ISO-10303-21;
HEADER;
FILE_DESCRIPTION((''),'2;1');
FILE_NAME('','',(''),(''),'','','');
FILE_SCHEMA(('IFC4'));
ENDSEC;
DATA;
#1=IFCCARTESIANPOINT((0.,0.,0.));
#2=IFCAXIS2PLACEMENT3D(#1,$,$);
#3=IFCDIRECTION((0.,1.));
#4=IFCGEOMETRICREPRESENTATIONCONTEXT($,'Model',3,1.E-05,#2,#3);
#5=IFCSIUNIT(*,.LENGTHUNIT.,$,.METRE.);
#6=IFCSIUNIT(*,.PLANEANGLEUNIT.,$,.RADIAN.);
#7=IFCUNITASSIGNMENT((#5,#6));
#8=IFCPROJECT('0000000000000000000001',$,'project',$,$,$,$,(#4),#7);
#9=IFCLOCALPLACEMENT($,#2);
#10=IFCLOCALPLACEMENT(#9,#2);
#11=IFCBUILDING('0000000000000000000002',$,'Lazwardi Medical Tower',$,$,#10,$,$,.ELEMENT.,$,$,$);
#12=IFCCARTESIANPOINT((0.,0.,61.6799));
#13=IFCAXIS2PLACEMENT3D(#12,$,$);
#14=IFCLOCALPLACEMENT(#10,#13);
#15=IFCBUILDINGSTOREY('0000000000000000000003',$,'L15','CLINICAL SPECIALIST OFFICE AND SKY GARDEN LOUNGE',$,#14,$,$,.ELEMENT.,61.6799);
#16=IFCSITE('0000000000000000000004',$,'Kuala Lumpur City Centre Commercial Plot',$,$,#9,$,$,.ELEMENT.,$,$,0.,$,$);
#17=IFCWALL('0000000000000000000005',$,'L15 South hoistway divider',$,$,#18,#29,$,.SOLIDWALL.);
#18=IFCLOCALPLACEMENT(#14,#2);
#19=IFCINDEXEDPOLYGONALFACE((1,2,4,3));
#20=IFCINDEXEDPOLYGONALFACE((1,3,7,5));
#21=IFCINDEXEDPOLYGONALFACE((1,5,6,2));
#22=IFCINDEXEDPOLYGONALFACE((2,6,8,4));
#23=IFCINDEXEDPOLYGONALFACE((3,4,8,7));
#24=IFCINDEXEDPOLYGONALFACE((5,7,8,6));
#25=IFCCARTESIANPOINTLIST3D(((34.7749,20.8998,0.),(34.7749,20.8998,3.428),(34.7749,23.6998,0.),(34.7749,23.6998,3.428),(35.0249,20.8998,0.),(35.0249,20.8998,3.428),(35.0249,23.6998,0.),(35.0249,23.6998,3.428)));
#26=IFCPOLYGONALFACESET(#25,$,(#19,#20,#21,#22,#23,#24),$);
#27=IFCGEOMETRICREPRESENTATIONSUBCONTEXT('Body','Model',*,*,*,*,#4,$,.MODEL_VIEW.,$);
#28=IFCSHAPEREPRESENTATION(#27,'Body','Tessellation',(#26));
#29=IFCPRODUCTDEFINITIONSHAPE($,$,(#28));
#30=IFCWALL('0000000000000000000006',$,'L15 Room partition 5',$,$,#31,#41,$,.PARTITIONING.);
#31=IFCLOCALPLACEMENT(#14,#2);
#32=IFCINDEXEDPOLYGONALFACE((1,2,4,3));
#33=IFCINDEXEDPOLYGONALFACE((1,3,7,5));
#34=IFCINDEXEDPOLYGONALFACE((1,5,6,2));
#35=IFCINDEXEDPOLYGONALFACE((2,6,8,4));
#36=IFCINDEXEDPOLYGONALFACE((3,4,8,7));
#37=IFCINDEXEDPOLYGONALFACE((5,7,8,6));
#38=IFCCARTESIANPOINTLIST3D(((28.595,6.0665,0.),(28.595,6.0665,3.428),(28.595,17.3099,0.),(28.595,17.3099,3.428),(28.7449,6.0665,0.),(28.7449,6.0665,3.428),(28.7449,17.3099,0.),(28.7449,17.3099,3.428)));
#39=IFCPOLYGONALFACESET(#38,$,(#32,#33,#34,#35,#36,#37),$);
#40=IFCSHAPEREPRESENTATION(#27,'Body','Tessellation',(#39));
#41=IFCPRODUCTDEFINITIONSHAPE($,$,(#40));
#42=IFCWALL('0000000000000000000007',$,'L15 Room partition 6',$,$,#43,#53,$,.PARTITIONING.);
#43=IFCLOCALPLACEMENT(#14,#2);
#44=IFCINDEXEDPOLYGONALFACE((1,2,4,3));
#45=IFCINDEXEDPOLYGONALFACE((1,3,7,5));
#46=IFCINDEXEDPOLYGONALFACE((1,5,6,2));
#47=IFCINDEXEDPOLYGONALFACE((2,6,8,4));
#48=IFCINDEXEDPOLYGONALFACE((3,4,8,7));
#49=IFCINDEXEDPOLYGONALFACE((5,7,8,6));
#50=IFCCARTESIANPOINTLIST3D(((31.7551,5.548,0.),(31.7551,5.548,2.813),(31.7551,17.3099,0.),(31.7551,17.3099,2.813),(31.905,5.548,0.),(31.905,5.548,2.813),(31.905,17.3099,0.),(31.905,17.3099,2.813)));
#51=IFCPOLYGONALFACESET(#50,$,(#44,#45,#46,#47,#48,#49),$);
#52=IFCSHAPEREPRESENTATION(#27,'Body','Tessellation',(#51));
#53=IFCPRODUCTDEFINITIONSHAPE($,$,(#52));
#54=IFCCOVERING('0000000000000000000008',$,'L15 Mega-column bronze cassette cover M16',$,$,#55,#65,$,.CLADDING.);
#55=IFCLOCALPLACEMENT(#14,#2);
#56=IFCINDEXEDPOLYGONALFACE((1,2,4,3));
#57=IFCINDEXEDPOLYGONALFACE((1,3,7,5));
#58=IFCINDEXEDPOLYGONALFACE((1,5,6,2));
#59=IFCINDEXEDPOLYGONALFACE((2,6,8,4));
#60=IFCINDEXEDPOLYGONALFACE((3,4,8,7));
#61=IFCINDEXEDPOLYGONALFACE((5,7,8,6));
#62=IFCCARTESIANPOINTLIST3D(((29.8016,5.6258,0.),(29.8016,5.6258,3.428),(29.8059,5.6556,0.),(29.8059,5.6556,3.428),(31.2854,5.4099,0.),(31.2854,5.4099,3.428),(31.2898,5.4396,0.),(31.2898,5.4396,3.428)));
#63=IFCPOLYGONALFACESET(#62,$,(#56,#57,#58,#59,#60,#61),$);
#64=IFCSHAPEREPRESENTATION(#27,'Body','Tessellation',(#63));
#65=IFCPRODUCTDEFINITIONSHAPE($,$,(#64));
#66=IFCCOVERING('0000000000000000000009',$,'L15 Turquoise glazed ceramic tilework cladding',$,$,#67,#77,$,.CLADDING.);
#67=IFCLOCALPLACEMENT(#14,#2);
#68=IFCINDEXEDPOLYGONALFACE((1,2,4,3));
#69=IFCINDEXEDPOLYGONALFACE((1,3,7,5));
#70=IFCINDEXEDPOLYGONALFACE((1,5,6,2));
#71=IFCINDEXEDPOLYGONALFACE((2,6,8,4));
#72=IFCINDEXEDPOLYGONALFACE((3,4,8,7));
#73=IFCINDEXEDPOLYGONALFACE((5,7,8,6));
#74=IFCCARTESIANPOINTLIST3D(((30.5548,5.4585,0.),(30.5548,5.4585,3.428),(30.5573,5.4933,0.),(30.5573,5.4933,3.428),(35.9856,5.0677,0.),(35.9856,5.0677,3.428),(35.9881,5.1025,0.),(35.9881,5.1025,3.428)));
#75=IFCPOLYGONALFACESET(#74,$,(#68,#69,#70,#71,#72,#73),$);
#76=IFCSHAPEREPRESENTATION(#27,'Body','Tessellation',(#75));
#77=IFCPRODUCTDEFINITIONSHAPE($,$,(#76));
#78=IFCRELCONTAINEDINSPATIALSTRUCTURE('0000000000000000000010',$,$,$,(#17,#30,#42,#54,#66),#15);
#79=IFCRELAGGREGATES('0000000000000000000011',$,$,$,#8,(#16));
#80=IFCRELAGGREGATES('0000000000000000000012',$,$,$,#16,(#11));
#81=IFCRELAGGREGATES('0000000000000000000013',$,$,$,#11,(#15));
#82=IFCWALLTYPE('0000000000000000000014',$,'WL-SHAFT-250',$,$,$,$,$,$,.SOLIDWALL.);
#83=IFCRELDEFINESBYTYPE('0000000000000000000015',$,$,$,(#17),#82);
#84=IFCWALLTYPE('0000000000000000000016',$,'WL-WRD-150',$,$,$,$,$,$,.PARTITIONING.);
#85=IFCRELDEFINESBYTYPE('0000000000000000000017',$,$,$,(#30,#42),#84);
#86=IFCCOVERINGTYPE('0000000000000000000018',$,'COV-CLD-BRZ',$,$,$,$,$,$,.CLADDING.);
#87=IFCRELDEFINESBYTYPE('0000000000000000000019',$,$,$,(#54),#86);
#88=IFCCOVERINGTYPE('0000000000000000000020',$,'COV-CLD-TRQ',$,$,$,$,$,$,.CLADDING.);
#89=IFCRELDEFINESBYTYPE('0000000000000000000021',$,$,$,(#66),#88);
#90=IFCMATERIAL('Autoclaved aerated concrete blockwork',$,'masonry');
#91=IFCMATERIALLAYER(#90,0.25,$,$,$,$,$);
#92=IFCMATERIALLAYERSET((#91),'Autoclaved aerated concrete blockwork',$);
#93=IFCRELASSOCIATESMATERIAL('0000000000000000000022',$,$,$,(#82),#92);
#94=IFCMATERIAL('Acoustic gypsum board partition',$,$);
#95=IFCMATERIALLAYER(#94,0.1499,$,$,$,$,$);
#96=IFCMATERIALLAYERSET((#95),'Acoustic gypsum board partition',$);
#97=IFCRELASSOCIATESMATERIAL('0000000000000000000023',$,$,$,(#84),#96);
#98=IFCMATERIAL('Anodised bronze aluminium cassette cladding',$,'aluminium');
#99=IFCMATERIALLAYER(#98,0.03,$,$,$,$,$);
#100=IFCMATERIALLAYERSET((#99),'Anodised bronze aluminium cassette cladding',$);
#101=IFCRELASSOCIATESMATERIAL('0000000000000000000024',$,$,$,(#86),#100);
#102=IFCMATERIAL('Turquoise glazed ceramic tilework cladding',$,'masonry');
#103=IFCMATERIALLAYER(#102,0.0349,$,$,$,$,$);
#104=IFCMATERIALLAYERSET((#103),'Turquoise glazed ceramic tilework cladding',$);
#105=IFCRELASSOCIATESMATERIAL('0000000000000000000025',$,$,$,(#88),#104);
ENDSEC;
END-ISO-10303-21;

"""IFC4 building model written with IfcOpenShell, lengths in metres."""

from ifc_helpers import new_model, si_unit, direction, frame, frame_2d, origin, origin_2d, place, context, subcontext, project, spatial, rectangle, extrude, material, layer, layer_set, type_object, element, save


model = new_model("IFC4")

# Units and contexts
model_context = context("Model", 3, precision=1e-05, world=origin(), true_north=direction((0.0, 1.0)))
body_context = subcontext(model_context, "Body", "Model", "MODEL_VIEW")
ifc_project = project(units=[si_unit("LENGTHUNIT", "METRE"), si_unit("PLANEANGLEUNIT", "RADIAN")], contexts=[model_context])

# Site, building, storey
site_placement = place(None, origin())
site = spatial("IfcSite", under=ifc_project, at=site_placement, Name="Kuala Lumpur City Centre Commercial Plot", CompositionType="ELEMENT", RefElevation=0.0)
building_placement = place(site_placement, origin())
building = spatial("IfcBuilding", under=site, at=building_placement, Name="Lazwardi Medical Tower", CompositionType="ELEMENT")
storey_placement = place(building_placement, frame((0.0, 0.0, 61.6799)))
storey = spatial("IfcBuildingStorey", under=building, at=storey_placement, Name="L15", Description="CLINICAL SPECIALIST OFFICE AND SKY GARDEN LOUNGE", CompositionType="ELEMENT", Elevation=61.6799)

# Walls
ifc_material_1 = material(Name="Autoclaved aerated concrete blockwork", Category="masonry")
ifc_layer_1 = layer(ifc_material_1, 0.25)
ifc_layer_set_1 = layer_set([ifc_layer_1], Name="Autoclaved aerated concrete blockwork")
wall_type_1 = type_object("IfcWallType", Name="WL-SHAFT-250", PredefinedType="SOLIDWALL", material=ifc_layer_set_1)
for number, where, z_axis, x_axis, name in (
    (1, (34.8999, 20.8999, 0.0), (0.0, 0.0, 1.0), (0.0, 1.0, 0.0), "L15 South hoistway divider"),
):
    element("IfcWall", number, at=place(storey_placement, frame(where, z_axis=z_axis, x_axis=x_axis)), inside=storey, type_object=wall_type_1, Name=name, PredefinedType="SOLIDWALL", context=body_context, shape_type="SweptSolid", body=[
        extrude(rectangle(XDim=2.8, YDim=0.25, at=frame_2d((1.3999, 0.0))), origin(), (0.0, 0.0, 1.0), 3.428),
    ])
ifc_material_2 = material(Name="Acoustic gypsum board partition")
ifc_layer_2 = layer(ifc_material_2, 0.1499)
ifc_layer_set_2 = layer_set([ifc_layer_2], Name="Acoustic gypsum board partition")
wall_type_2 = type_object("IfcWallType", Name="WL-WRD-150", PredefinedType="PARTITIONING", material=ifc_layer_set_2)
wall_1_placement = place(storey_placement, frame((28.6699, 6.0667, 0.0), z_axis=(0.0, 0.0, 1.0), x_axis=(0.0, 1.0, 0.0)))
element("IfcWall", 2, at=wall_1_placement, inside=storey, type_object=wall_type_2, Name="L15 Room partition 5", PredefinedType="PARTITIONING", context=body_context, shape_type="SweptSolid", body=[
    extrude(rectangle(XDim=11.2434, YDim=0.1499, at=frame_2d((5.6216, 0.0))), origin(), (0.0, 0.0, 1.0), 3.428),
])
wall_2_placement = place(storey_placement, frame((31.8301, 5.5481, 0.0), z_axis=(0.0, 0.0, 1.0), x_axis=(0.0, 1.0, 0.0)))
element("IfcWall", 3, at=wall_2_placement, inside=storey, type_object=wall_type_2, Name="L15 Room partition 6", PredefinedType="PARTITIONING", context=body_context, shape_type="SweptSolid", body=[
    extrude(rectangle(XDim=11.762, YDim=0.1499, at=frame_2d((5.8809, 0.0))), origin(), (0.0, 0.0, 1.0), 2.813),
])

# Coverings
ifc_material_3 = material(Name="Anodised bronze aluminium cassette cladding", Category="aluminium")
ifc_layer_3 = layer(ifc_material_3, 0.03)
ifc_layer_set_3 = layer_set([ifc_layer_3], Name="Anodised bronze aluminium cassette cladding")
covering_type_1 = type_object("IfcCoveringType", Name="COV-CLD-BRZ", PredefinedType="CLADDING", material=ifc_layer_set_3)
covering_1_placement = place(storey_placement, frame((30.5457, 5.5327, 0.0), z_axis=(0.0, 0.0, 1.0), x_axis=(0.989573, -0.144035, 0.0)))
element("IfcCovering", 4, at=covering_1_placement, inside=storey, type_object=covering_type_1, Name="L15 Mega-column bronze cassette cover M16", PredefinedType="CLADDING", context=body_context, shape_type="SweptSolid", body=[
    extrude(rectangle(XDim=1.4995, YDim=0.03, at=origin_2d()), origin(), (0.0, 0.0, 1.0), 3.428),
])
ifc_material_4 = material(Name="Turquoise glazed ceramic tilework cladding", Category="masonry")
ifc_layer_4 = layer(ifc_material_4, 0.0349)
ifc_layer_set_4 = layer_set([ifc_layer_4], Name="Turquoise glazed ceramic tilework cladding")
covering_type_2 = type_object("IfcCoveringType", Name="COV-CLD-TRQ", PredefinedType="CLADDING", material=ifc_layer_set_4)
covering_2_placement = place(storey_placement, frame((33.2715, 5.2805, 0.0), z_axis=(0.0, 0.0, 1.0), x_axis=(0.997421, -0.071774, 0.0)))
element("IfcCovering", 5, at=covering_2_placement, inside=storey, type_object=covering_type_2, Name="L15 Turquoise glazed ceramic tilework cladding", PredefinedType="CLADDING", context=body_context, shape_type="SweptSolid", body=[
    extrude(rectangle(XDim=5.4448, YDim=0.0349, at=origin_2d()), origin(), (0.0, 0.0, 1.0), 3.428),
])

save(model, "model.ifc")
